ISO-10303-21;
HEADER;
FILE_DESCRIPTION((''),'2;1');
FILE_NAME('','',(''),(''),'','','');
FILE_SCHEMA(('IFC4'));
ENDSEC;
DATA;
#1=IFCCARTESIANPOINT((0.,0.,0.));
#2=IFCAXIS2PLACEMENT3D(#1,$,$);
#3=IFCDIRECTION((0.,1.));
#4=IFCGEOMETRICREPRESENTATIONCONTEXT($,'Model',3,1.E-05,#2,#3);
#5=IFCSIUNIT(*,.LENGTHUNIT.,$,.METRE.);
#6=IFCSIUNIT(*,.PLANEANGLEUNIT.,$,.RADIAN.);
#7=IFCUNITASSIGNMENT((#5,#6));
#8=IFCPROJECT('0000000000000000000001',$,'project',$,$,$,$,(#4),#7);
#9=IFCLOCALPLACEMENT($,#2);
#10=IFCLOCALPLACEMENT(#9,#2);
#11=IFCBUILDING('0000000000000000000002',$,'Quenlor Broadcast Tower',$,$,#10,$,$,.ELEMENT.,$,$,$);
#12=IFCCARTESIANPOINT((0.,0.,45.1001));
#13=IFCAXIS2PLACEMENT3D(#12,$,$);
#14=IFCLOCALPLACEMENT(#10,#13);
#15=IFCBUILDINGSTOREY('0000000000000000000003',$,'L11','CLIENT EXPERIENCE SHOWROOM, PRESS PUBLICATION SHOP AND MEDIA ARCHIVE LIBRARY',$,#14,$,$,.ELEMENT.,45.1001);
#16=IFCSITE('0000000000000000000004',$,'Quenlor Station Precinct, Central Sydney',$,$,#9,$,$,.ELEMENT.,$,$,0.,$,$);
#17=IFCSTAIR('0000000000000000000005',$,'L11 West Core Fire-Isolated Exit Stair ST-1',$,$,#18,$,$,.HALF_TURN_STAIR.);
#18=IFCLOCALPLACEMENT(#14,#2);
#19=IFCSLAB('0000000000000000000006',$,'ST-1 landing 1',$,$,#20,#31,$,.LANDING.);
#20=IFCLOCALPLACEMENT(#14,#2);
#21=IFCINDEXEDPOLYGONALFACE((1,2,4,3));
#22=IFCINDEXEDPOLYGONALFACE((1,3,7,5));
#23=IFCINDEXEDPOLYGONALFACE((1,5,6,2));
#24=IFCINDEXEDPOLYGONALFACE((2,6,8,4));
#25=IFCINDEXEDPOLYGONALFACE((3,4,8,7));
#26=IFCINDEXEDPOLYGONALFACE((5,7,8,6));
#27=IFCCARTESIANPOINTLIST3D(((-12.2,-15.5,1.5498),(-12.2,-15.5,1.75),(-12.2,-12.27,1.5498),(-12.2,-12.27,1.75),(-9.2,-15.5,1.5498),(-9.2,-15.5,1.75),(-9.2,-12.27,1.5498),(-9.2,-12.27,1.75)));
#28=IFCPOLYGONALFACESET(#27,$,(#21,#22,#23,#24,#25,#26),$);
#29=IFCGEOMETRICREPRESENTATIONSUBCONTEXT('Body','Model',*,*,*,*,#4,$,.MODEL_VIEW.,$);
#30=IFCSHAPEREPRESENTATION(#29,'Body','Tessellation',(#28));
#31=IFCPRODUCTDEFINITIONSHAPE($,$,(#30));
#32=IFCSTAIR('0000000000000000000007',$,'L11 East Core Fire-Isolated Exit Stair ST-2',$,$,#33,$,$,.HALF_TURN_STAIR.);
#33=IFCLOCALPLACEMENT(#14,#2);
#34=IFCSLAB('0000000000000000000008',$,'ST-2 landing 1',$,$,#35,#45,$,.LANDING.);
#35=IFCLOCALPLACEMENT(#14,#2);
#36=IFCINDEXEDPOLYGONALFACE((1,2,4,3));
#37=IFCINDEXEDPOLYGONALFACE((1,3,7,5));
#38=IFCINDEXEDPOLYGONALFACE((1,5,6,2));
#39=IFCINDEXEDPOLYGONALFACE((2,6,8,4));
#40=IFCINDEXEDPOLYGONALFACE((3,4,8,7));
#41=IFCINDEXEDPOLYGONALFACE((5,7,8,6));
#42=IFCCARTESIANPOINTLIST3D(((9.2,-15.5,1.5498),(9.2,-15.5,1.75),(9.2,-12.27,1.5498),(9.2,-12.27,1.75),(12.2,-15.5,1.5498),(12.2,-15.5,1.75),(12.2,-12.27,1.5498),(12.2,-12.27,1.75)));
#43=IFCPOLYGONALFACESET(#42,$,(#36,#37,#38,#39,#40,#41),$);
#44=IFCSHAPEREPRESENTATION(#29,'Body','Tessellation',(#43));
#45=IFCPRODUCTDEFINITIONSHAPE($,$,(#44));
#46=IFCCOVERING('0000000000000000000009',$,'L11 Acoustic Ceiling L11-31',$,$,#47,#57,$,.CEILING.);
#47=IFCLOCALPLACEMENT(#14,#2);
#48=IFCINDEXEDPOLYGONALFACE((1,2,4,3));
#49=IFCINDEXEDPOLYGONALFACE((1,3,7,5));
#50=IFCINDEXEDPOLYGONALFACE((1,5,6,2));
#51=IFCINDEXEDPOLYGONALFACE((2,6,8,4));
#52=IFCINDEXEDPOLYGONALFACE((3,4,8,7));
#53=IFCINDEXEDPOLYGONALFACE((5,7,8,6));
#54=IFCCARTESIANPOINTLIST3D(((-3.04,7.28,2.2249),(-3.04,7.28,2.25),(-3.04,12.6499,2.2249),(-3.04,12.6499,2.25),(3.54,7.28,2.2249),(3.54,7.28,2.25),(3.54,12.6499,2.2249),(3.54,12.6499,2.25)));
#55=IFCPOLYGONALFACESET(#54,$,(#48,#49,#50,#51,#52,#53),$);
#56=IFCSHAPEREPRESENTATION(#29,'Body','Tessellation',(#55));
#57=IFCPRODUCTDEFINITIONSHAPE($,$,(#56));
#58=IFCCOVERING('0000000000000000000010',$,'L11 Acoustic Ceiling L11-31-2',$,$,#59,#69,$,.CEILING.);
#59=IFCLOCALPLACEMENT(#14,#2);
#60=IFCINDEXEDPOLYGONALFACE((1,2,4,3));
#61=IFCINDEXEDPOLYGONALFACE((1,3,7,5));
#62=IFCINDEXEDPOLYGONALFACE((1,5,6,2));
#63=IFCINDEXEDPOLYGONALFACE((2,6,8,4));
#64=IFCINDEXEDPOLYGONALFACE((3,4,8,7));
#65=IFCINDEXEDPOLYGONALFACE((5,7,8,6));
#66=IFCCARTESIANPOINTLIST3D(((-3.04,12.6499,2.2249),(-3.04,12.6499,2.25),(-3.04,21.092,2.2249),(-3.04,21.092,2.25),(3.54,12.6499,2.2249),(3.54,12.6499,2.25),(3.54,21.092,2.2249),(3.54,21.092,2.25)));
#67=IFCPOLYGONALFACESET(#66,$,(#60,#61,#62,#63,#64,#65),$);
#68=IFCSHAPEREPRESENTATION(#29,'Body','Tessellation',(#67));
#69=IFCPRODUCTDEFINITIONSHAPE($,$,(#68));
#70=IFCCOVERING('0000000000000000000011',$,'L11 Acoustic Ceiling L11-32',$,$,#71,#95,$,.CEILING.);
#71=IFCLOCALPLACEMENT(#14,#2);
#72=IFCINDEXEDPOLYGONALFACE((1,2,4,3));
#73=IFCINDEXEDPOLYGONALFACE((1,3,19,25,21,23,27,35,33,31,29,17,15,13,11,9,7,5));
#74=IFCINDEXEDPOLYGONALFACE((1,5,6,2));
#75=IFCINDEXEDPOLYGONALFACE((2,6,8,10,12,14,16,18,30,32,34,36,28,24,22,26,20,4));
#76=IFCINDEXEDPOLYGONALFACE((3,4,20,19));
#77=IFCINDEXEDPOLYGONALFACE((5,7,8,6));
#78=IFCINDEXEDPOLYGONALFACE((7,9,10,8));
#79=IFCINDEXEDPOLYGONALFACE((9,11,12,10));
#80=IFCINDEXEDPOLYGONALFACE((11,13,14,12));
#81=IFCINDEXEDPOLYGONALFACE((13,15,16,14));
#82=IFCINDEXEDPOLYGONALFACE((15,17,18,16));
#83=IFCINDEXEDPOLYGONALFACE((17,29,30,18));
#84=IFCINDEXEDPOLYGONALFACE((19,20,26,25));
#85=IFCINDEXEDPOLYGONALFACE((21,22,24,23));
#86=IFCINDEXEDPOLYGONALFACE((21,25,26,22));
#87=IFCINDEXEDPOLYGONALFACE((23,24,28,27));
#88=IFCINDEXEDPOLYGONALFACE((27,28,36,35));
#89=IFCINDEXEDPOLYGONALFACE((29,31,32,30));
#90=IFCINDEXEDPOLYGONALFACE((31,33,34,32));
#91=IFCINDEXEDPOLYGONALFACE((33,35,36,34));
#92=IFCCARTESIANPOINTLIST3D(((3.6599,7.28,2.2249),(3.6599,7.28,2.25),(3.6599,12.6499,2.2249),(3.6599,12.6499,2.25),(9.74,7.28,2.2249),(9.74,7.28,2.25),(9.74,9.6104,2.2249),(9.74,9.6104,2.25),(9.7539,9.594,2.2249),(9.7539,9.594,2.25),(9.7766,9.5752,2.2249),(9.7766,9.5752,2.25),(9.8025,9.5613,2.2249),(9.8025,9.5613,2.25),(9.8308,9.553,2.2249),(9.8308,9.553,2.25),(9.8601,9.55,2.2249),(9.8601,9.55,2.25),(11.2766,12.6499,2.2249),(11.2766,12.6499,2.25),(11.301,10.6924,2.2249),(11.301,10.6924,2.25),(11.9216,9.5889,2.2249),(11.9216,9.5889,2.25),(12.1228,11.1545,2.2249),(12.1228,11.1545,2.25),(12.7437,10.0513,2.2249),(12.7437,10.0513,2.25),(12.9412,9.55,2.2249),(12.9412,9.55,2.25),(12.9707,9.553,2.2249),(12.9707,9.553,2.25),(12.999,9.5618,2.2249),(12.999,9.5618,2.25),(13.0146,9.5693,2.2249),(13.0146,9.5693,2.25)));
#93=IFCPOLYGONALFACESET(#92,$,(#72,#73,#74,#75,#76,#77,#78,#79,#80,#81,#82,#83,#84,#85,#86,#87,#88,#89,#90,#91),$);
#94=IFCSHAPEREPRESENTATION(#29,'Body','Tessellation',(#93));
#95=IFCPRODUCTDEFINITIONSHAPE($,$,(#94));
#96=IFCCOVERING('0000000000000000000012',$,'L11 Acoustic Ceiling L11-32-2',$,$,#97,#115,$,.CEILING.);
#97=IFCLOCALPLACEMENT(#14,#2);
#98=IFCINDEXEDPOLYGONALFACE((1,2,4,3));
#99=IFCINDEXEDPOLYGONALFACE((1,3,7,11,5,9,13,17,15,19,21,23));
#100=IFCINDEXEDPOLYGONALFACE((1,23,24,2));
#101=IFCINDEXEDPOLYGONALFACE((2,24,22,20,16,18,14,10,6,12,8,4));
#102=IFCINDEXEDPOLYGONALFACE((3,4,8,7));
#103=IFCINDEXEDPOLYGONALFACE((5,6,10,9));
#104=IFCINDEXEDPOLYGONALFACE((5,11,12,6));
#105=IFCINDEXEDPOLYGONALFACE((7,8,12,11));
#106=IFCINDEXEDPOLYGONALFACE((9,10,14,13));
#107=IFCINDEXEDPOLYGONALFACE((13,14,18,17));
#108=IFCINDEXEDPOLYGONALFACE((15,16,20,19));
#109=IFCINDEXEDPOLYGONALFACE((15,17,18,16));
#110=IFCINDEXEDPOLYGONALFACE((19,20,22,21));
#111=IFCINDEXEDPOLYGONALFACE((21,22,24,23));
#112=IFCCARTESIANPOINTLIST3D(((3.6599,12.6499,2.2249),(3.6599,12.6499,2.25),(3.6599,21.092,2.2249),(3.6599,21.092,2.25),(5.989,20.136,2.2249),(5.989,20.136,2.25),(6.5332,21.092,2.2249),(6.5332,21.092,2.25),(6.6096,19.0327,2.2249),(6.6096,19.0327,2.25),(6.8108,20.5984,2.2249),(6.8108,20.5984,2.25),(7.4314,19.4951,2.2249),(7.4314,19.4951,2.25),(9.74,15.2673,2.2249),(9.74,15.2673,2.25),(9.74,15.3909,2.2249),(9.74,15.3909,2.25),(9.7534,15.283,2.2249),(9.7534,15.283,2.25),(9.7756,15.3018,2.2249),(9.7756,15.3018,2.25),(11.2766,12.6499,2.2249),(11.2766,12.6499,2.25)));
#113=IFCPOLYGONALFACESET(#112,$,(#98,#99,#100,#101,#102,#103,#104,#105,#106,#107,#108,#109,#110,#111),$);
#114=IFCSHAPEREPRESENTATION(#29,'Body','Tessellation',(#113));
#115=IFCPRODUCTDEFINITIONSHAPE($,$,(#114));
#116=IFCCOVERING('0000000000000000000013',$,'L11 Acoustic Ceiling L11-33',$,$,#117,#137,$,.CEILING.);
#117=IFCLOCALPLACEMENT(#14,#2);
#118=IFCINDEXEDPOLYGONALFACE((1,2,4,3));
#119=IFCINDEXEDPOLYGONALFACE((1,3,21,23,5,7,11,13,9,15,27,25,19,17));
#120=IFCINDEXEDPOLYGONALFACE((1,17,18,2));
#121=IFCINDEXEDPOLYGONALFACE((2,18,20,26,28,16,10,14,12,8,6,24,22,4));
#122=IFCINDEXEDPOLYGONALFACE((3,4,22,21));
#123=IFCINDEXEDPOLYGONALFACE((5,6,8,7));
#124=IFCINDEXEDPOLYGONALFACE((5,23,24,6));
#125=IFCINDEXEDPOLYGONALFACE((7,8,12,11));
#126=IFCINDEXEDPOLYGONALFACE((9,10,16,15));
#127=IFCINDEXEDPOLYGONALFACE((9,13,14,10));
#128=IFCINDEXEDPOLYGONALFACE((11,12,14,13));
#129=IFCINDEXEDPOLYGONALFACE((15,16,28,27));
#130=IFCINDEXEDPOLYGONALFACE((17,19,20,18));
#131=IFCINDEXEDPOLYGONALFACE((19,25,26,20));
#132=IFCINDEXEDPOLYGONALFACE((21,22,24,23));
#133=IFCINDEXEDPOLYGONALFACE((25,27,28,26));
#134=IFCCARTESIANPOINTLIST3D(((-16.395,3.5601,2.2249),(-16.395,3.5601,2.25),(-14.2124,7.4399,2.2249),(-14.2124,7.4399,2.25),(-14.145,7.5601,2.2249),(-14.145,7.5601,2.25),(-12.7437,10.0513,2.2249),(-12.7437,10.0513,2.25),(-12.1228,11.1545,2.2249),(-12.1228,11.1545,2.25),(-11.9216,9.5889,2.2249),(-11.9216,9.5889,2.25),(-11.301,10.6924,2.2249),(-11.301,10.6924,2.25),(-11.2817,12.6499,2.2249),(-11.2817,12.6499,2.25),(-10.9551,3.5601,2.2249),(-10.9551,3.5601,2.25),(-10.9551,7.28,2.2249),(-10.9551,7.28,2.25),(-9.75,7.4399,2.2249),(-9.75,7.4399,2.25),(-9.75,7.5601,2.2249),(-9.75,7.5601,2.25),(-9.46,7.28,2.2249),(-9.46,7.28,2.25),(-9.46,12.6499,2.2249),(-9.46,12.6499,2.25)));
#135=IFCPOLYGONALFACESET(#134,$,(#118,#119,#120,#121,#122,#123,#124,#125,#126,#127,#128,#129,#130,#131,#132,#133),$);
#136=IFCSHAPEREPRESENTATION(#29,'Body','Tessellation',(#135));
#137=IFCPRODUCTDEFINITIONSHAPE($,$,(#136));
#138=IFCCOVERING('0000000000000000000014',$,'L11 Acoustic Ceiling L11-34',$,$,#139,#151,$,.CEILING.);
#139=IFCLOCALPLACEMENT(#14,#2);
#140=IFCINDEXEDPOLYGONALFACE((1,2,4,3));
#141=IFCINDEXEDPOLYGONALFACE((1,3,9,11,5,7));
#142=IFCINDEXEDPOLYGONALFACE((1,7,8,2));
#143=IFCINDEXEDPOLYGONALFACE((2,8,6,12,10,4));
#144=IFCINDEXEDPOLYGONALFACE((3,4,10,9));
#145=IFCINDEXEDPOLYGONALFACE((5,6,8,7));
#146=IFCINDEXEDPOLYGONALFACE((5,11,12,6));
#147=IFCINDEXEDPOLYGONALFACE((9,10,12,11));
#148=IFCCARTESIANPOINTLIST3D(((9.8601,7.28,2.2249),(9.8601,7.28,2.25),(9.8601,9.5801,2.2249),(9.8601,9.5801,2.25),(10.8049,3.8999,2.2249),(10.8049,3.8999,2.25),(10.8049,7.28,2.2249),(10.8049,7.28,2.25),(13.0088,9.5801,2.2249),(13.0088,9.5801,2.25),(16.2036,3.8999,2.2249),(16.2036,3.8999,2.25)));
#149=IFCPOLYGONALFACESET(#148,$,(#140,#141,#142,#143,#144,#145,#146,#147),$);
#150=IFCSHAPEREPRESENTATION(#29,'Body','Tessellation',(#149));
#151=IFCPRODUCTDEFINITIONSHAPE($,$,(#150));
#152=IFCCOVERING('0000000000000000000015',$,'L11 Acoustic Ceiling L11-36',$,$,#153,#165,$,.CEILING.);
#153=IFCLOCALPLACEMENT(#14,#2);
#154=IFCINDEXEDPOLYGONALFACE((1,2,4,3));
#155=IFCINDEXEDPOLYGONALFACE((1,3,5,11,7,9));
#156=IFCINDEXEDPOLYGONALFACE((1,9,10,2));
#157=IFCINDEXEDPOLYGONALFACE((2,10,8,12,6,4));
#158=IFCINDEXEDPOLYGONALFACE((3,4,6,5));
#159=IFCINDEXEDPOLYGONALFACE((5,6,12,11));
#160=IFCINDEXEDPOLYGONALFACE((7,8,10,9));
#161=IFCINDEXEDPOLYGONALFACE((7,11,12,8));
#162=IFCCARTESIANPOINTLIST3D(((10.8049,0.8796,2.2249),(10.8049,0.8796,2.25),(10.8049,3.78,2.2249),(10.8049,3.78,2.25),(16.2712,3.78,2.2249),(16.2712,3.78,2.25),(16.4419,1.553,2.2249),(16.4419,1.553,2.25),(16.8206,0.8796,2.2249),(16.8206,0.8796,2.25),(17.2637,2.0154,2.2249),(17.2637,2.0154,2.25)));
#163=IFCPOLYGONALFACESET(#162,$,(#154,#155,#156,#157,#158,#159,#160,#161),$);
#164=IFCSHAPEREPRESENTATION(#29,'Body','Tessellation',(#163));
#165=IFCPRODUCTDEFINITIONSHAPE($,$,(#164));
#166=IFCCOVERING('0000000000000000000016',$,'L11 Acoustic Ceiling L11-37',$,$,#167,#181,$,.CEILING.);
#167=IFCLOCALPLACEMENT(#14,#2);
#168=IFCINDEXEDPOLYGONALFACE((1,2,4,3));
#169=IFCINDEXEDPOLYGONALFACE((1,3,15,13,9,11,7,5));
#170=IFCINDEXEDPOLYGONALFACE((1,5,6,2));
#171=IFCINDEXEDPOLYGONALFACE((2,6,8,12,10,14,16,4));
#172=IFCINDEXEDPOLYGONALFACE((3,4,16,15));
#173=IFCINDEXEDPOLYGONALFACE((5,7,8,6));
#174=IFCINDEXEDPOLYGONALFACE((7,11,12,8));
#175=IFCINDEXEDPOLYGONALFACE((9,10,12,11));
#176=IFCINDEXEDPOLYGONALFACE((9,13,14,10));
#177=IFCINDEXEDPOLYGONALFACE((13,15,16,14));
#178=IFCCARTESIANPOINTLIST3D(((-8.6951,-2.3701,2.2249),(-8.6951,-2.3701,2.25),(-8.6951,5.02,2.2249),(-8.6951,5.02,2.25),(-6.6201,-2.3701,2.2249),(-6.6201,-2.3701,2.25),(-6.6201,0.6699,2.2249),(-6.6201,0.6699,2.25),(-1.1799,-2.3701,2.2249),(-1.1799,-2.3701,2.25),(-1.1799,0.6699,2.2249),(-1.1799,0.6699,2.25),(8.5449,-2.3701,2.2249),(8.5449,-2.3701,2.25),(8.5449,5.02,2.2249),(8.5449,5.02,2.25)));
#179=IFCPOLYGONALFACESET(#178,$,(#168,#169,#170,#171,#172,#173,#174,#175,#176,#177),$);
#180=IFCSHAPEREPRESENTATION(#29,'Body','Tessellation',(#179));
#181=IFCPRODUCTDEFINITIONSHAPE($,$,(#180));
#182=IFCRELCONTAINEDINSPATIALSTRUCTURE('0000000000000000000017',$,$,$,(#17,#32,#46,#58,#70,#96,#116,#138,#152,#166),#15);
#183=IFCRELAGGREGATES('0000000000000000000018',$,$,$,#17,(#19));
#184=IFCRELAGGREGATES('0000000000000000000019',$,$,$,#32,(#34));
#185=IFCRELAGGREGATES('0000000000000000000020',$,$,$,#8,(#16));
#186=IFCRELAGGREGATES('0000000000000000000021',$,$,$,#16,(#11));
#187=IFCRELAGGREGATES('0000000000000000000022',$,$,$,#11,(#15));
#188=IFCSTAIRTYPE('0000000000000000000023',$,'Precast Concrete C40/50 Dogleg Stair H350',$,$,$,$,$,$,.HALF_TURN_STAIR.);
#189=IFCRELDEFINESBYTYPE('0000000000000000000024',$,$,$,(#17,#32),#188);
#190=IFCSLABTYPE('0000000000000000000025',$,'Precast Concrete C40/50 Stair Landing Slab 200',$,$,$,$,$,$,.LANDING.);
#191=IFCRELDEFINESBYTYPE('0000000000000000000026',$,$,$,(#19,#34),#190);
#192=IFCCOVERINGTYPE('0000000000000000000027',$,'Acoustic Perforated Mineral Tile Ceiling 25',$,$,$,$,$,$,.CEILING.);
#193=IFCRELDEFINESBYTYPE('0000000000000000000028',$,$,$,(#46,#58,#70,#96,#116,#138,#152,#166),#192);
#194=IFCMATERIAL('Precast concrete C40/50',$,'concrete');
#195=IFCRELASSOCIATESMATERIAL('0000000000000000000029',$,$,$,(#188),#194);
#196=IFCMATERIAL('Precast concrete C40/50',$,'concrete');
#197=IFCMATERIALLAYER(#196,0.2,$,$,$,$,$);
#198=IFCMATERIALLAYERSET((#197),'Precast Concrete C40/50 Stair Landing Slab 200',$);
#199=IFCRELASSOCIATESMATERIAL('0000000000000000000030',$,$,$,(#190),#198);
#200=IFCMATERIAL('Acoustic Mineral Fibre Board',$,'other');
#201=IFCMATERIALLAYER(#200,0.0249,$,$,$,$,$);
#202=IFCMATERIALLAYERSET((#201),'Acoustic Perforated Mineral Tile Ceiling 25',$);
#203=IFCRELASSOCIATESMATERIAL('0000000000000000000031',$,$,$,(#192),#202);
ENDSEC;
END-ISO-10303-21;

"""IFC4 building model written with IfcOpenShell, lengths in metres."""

from ifc_helpers import new_model, si_unit, direction, frame, origin, place, context, subcontext, project, spatial, polyline, outline, extrude, material, layer, layer_set, type_object, element, aggregate, save


model = new_model("IFC4")

# Units and contexts
model_context = context("Model", 3, precision=1e-05, world=origin(), true_north=direction((0.0, 1.0)))
body_context = subcontext(model_context, "Body", "Model", "MODEL_VIEW")
ifc_project = project(units=[si_unit("LENGTHUNIT", "METRE"), si_unit("PLANEANGLEUNIT", "RADIAN")], contexts=[model_context])

# Site, building, storey
site_placement = place(None, origin())
site = spatial("IfcSite", under=ifc_project, at=site_placement, Name="Quenlor Station Precinct, Central Sydney", CompositionType="ELEMENT", RefElevation=0.0)
building_placement = place(site_placement, origin())
building = spatial("IfcBuilding", under=site, at=building_placement, Name="Quenlor Broadcast Tower", CompositionType="ELEMENT")
storey_placement = place(building_placement, frame((0.0, 0.0, 45.1001)))
storey = spatial("IfcBuildingStorey", under=building, at=storey_placement, Name="L11", Description="CLIENT EXPERIENCE SHOWROOM, PRESS PUBLICATION SHOP AND MEDIA ARCHIVE LIBRARY", CompositionType="ELEMENT", Elevation=45.1001)

# Stairs, slabs
ifc_material_1 = material(Name="Precast concrete C40/50", Category="concrete")
stair_type = type_object("IfcStairType", Name="Precast Concrete C40/50 Dogleg Stair H350", PredefinedType="HALF_TURN_STAIR", material=ifc_material_1)
stair_1_placement = place(storey_placement, origin())
stair_1 = element("IfcStair", 1, at=stair_1_placement, inside=storey, type_object=stair_type, Name="L11 West Core Fire-Isolated Exit Stair ST-1", PredefinedType="HALF_TURN_STAIR")
ifc_material_2 = material(Name="Precast concrete C40/50", Category="concrete")
ifc_layer_1 = layer(ifc_material_2, 0.2)
ifc_layer_set_1 = layer_set([ifc_layer_1], Name="Precast Concrete C40/50 Stair Landing Slab 200")
slab_type = type_object("IfcSlabType", Name="Precast Concrete C40/50 Stair Landing Slab 200", PredefinedType="LANDING", material=ifc_layer_set_1)
slab_1_placement = place(storey_placement, frame((0.0, 0.0, 1.5498)))
slab_1 = element("IfcSlab", 2, at=slab_1_placement, type_object=slab_type, Name="ST-1 landing 1", PredefinedType="LANDING", context=body_context, shape_type="SweptSolid", body=[
    extrude(outline(polyline([(-12.2, -12.27), (-12.2, -15.5), (-9.2, -15.5), (-9.2, -12.27), (-12.2, -12.27)])), origin(), (0.0, 0.0, 1.0), 0.2002),
])
aggregate(stair_1, [slab_1])
stair_2_placement = place(storey_placement, origin())
stair_2 = element("IfcStair", 3, at=stair_2_placement, inside=storey, type_object=stair_type, Name="L11 East Core Fire-Isolated Exit Stair ST-2", PredefinedType="HALF_TURN_STAIR")
slab_2_placement = place(storey_placement, frame((0.0, 0.0, 1.5498)))
slab_2 = element("IfcSlab", 4, at=slab_2_placement, type_object=slab_type, Name="ST-2 landing 1", PredefinedType="LANDING", context=body_context, shape_type="SweptSolid", body=[
    extrude(outline(polyline([(9.2, -12.27), (9.2, -15.5), (12.2, -15.5), (12.2, -12.27), (9.2, -12.27)])), origin(), (0.0, 0.0, 1.0), 0.2002),
])
aggregate(stair_2, [slab_2])

# Coverings
ifc_material_3 = material(Name="Acoustic Mineral Fibre Board", Category="other")
ifc_layer_2 = layer(ifc_material_3, 0.0249)
ifc_layer_set_2 = layer_set([ifc_layer_2], Name="Acoustic Perforated Mineral Tile Ceiling 25")
covering_type_1 = type_object("IfcCoveringType", Name="Acoustic Perforated Mineral Tile Ceiling 25", PredefinedType="CEILING", material=ifc_layer_set_2)
covering_1_placement = place(storey_placement, frame((0.0, 0.0, 2.2249)))
element("IfcCovering", 5, at=covering_1_placement, inside=storey, type_object=covering_type_1, Name="L11 Acoustic Ceiling L11-31", PredefinedType="CEILING", context=body_context, shape_type="SweptSolid", body=[
    extrude(outline(polyline([(-3.04, 12.6499), (3.54, 12.6499), (3.54, 7.28), (-3.04, 7.28), (-3.04, 12.6499)])), origin(), (0.0, 0.0, 1.0), 0.0251),
])
covering_2_placement = place(storey_placement, frame((0.0, 0.0, 2.2249)))
element("IfcCovering", 6, at=covering_2_placement, inside=storey, type_object=covering_type_1, Name="L11 Acoustic Ceiling L11-31-2", PredefinedType="CEILING", context=body_context, shape_type="SweptSolid", body=[
    extrude(outline(polyline([(-3.04, 21.092), (3.54, 21.092), (3.54, 12.6499), (-3.04, 12.6499), (-3.04, 21.092)])), origin(), (0.0, 0.0, 1.0), 0.0251),
])
covering_3_placement = place(storey_placement, frame((0.0, 0.0, 2.2249)))
element("IfcCovering", 7, at=covering_3_placement, inside=storey, type_object=covering_type_1, Name="L11 Acoustic Ceiling L11-32", PredefinedType="CEILING", context=body_context, shape_type="SweptSolid", body=[
    extrude(outline(polyline([(12.9412, 9.55), (9.8601, 9.55), (9.8308, 9.553), (9.8025, 9.5613), (9.7766, 9.5752), (9.7539, 9.594), (9.74, 9.6104), (9.74, 7.28), (3.6599, 7.28), (3.6599, 12.6499), (11.2766, 12.6499), (12.1228, 11.1545), (11.301, 10.6924), (11.9216, 9.5889), (12.7437, 10.0513), (13.0146, 9.5693), (12.999, 9.5618), (12.9707, 9.553), (12.9412, 9.55)])), origin(), (0.0, 0.0, 1.0), 0.0251),
])
covering_4_placement = place(storey_placement, frame((0.0, 0.0, 2.2249)))
element("IfcCovering", 8, at=covering_4_placement, inside=storey, type_object=covering_type_1, Name="L11 Acoustic Ceiling L11-32-2", PredefinedType="CEILING", context=body_context, shape_type="SweptSolid", body=[
    extrude(outline(polyline([(3.6599, 21.092), (6.5332, 21.092), (6.8108, 20.5984), (5.989, 20.136), (6.6096, 19.0327), (7.4314, 19.4951), (9.74, 15.3909), (9.74, 15.2673), (9.7534, 15.283), (9.7756, 15.3018), (11.2766, 12.6499), (3.6599, 12.6499), (3.6599, 21.092)])), origin(), (0.0, 0.0, 1.0), 0.0251),
])
covering_5_placement = place(storey_placement, frame((0.0, 0.0, 2.2249)))
element("IfcCovering", 9, at=covering_5_placement, inside=storey, type_object=covering_type_1, Name="L11 Acoustic Ceiling L11-33", PredefinedType="CEILING", context=body_context, shape_type="SweptSolid", body=[
    extrude(outline(polyline([(-14.145, 7.5601), (-12.7437, 10.0513), (-11.9216, 9.5889), (-11.301, 10.6924), (-12.1228, 11.1545), (-11.2817, 12.6499), (-9.46, 12.6499), (-9.46, 7.28), (-10.9551, 7.28), (-10.9551, 3.5601), (-16.395, 3.5601), (-14.2124, 7.4399), (-9.75, 7.4399), (-9.75, 7.5601), (-14.145, 7.5601)])), origin(), (0.0, 0.0, 1.0), 0.0251),
])
covering_6_placement = place(storey_placement, frame((0.0, 0.0, 2.2249)))
element("IfcCovering", 10, at=covering_6_placement, inside=storey, type_object=covering_type_1, Name="L11 Acoustic Ceiling L11-34", PredefinedType="CEILING", context=body_context, shape_type="SweptSolid", body=[
    extrude(outline(polyline([(9.8601, 7.28), (9.8601, 9.5801), (13.0088, 9.5801), (16.2036, 3.8999), (10.8049, 3.8999), (10.8049, 7.28), (9.8601, 7.28)])), origin(), (0.0, 0.0, 1.0), 0.0251),
])
covering_7_placement = place(storey_placement, frame((0.0, 0.0, 2.2249)))
element("IfcCovering", 11, at=covering_7_placement, inside=storey, type_object=covering_type_1, Name="L11 Acoustic Ceiling L11-36", PredefinedType="CEILING", context=body_context, shape_type="SweptSolid", body=[
    extrude(outline(polyline([(16.4419, 1.553), (16.8206, 0.8796), (10.8049, 0.8796), (10.8049, 3.78), (16.2712, 3.78), (17.2637, 2.0154), (16.4419, 1.553)])), origin(), (0.0, 0.0, 1.0), 0.0251),
])
covering_8_placement = place(storey_placement, frame((0.0, 0.0, 2.2249)))
element("IfcCovering", 12, at=covering_8_placement, inside=storey, type_object=covering_type_1, Name="L11 Acoustic Ceiling L11-37", PredefinedType="CEILING", context=body_context, shape_type="SweptSolid", body=[
    extrude(outline(polyline([(8.5449, 5.02), (8.5449, -2.3701), (-1.1799, -2.3701), (-1.1799, 0.6699), (-6.6201, 0.6699), (-6.6201, -2.3701), (-8.6951, -2.3701), (-8.6951, 5.02), (8.5449, 5.02)])), origin(), (0.0, 0.0, 1.0), 0.0251),
])

save(model, "model.ifc")
